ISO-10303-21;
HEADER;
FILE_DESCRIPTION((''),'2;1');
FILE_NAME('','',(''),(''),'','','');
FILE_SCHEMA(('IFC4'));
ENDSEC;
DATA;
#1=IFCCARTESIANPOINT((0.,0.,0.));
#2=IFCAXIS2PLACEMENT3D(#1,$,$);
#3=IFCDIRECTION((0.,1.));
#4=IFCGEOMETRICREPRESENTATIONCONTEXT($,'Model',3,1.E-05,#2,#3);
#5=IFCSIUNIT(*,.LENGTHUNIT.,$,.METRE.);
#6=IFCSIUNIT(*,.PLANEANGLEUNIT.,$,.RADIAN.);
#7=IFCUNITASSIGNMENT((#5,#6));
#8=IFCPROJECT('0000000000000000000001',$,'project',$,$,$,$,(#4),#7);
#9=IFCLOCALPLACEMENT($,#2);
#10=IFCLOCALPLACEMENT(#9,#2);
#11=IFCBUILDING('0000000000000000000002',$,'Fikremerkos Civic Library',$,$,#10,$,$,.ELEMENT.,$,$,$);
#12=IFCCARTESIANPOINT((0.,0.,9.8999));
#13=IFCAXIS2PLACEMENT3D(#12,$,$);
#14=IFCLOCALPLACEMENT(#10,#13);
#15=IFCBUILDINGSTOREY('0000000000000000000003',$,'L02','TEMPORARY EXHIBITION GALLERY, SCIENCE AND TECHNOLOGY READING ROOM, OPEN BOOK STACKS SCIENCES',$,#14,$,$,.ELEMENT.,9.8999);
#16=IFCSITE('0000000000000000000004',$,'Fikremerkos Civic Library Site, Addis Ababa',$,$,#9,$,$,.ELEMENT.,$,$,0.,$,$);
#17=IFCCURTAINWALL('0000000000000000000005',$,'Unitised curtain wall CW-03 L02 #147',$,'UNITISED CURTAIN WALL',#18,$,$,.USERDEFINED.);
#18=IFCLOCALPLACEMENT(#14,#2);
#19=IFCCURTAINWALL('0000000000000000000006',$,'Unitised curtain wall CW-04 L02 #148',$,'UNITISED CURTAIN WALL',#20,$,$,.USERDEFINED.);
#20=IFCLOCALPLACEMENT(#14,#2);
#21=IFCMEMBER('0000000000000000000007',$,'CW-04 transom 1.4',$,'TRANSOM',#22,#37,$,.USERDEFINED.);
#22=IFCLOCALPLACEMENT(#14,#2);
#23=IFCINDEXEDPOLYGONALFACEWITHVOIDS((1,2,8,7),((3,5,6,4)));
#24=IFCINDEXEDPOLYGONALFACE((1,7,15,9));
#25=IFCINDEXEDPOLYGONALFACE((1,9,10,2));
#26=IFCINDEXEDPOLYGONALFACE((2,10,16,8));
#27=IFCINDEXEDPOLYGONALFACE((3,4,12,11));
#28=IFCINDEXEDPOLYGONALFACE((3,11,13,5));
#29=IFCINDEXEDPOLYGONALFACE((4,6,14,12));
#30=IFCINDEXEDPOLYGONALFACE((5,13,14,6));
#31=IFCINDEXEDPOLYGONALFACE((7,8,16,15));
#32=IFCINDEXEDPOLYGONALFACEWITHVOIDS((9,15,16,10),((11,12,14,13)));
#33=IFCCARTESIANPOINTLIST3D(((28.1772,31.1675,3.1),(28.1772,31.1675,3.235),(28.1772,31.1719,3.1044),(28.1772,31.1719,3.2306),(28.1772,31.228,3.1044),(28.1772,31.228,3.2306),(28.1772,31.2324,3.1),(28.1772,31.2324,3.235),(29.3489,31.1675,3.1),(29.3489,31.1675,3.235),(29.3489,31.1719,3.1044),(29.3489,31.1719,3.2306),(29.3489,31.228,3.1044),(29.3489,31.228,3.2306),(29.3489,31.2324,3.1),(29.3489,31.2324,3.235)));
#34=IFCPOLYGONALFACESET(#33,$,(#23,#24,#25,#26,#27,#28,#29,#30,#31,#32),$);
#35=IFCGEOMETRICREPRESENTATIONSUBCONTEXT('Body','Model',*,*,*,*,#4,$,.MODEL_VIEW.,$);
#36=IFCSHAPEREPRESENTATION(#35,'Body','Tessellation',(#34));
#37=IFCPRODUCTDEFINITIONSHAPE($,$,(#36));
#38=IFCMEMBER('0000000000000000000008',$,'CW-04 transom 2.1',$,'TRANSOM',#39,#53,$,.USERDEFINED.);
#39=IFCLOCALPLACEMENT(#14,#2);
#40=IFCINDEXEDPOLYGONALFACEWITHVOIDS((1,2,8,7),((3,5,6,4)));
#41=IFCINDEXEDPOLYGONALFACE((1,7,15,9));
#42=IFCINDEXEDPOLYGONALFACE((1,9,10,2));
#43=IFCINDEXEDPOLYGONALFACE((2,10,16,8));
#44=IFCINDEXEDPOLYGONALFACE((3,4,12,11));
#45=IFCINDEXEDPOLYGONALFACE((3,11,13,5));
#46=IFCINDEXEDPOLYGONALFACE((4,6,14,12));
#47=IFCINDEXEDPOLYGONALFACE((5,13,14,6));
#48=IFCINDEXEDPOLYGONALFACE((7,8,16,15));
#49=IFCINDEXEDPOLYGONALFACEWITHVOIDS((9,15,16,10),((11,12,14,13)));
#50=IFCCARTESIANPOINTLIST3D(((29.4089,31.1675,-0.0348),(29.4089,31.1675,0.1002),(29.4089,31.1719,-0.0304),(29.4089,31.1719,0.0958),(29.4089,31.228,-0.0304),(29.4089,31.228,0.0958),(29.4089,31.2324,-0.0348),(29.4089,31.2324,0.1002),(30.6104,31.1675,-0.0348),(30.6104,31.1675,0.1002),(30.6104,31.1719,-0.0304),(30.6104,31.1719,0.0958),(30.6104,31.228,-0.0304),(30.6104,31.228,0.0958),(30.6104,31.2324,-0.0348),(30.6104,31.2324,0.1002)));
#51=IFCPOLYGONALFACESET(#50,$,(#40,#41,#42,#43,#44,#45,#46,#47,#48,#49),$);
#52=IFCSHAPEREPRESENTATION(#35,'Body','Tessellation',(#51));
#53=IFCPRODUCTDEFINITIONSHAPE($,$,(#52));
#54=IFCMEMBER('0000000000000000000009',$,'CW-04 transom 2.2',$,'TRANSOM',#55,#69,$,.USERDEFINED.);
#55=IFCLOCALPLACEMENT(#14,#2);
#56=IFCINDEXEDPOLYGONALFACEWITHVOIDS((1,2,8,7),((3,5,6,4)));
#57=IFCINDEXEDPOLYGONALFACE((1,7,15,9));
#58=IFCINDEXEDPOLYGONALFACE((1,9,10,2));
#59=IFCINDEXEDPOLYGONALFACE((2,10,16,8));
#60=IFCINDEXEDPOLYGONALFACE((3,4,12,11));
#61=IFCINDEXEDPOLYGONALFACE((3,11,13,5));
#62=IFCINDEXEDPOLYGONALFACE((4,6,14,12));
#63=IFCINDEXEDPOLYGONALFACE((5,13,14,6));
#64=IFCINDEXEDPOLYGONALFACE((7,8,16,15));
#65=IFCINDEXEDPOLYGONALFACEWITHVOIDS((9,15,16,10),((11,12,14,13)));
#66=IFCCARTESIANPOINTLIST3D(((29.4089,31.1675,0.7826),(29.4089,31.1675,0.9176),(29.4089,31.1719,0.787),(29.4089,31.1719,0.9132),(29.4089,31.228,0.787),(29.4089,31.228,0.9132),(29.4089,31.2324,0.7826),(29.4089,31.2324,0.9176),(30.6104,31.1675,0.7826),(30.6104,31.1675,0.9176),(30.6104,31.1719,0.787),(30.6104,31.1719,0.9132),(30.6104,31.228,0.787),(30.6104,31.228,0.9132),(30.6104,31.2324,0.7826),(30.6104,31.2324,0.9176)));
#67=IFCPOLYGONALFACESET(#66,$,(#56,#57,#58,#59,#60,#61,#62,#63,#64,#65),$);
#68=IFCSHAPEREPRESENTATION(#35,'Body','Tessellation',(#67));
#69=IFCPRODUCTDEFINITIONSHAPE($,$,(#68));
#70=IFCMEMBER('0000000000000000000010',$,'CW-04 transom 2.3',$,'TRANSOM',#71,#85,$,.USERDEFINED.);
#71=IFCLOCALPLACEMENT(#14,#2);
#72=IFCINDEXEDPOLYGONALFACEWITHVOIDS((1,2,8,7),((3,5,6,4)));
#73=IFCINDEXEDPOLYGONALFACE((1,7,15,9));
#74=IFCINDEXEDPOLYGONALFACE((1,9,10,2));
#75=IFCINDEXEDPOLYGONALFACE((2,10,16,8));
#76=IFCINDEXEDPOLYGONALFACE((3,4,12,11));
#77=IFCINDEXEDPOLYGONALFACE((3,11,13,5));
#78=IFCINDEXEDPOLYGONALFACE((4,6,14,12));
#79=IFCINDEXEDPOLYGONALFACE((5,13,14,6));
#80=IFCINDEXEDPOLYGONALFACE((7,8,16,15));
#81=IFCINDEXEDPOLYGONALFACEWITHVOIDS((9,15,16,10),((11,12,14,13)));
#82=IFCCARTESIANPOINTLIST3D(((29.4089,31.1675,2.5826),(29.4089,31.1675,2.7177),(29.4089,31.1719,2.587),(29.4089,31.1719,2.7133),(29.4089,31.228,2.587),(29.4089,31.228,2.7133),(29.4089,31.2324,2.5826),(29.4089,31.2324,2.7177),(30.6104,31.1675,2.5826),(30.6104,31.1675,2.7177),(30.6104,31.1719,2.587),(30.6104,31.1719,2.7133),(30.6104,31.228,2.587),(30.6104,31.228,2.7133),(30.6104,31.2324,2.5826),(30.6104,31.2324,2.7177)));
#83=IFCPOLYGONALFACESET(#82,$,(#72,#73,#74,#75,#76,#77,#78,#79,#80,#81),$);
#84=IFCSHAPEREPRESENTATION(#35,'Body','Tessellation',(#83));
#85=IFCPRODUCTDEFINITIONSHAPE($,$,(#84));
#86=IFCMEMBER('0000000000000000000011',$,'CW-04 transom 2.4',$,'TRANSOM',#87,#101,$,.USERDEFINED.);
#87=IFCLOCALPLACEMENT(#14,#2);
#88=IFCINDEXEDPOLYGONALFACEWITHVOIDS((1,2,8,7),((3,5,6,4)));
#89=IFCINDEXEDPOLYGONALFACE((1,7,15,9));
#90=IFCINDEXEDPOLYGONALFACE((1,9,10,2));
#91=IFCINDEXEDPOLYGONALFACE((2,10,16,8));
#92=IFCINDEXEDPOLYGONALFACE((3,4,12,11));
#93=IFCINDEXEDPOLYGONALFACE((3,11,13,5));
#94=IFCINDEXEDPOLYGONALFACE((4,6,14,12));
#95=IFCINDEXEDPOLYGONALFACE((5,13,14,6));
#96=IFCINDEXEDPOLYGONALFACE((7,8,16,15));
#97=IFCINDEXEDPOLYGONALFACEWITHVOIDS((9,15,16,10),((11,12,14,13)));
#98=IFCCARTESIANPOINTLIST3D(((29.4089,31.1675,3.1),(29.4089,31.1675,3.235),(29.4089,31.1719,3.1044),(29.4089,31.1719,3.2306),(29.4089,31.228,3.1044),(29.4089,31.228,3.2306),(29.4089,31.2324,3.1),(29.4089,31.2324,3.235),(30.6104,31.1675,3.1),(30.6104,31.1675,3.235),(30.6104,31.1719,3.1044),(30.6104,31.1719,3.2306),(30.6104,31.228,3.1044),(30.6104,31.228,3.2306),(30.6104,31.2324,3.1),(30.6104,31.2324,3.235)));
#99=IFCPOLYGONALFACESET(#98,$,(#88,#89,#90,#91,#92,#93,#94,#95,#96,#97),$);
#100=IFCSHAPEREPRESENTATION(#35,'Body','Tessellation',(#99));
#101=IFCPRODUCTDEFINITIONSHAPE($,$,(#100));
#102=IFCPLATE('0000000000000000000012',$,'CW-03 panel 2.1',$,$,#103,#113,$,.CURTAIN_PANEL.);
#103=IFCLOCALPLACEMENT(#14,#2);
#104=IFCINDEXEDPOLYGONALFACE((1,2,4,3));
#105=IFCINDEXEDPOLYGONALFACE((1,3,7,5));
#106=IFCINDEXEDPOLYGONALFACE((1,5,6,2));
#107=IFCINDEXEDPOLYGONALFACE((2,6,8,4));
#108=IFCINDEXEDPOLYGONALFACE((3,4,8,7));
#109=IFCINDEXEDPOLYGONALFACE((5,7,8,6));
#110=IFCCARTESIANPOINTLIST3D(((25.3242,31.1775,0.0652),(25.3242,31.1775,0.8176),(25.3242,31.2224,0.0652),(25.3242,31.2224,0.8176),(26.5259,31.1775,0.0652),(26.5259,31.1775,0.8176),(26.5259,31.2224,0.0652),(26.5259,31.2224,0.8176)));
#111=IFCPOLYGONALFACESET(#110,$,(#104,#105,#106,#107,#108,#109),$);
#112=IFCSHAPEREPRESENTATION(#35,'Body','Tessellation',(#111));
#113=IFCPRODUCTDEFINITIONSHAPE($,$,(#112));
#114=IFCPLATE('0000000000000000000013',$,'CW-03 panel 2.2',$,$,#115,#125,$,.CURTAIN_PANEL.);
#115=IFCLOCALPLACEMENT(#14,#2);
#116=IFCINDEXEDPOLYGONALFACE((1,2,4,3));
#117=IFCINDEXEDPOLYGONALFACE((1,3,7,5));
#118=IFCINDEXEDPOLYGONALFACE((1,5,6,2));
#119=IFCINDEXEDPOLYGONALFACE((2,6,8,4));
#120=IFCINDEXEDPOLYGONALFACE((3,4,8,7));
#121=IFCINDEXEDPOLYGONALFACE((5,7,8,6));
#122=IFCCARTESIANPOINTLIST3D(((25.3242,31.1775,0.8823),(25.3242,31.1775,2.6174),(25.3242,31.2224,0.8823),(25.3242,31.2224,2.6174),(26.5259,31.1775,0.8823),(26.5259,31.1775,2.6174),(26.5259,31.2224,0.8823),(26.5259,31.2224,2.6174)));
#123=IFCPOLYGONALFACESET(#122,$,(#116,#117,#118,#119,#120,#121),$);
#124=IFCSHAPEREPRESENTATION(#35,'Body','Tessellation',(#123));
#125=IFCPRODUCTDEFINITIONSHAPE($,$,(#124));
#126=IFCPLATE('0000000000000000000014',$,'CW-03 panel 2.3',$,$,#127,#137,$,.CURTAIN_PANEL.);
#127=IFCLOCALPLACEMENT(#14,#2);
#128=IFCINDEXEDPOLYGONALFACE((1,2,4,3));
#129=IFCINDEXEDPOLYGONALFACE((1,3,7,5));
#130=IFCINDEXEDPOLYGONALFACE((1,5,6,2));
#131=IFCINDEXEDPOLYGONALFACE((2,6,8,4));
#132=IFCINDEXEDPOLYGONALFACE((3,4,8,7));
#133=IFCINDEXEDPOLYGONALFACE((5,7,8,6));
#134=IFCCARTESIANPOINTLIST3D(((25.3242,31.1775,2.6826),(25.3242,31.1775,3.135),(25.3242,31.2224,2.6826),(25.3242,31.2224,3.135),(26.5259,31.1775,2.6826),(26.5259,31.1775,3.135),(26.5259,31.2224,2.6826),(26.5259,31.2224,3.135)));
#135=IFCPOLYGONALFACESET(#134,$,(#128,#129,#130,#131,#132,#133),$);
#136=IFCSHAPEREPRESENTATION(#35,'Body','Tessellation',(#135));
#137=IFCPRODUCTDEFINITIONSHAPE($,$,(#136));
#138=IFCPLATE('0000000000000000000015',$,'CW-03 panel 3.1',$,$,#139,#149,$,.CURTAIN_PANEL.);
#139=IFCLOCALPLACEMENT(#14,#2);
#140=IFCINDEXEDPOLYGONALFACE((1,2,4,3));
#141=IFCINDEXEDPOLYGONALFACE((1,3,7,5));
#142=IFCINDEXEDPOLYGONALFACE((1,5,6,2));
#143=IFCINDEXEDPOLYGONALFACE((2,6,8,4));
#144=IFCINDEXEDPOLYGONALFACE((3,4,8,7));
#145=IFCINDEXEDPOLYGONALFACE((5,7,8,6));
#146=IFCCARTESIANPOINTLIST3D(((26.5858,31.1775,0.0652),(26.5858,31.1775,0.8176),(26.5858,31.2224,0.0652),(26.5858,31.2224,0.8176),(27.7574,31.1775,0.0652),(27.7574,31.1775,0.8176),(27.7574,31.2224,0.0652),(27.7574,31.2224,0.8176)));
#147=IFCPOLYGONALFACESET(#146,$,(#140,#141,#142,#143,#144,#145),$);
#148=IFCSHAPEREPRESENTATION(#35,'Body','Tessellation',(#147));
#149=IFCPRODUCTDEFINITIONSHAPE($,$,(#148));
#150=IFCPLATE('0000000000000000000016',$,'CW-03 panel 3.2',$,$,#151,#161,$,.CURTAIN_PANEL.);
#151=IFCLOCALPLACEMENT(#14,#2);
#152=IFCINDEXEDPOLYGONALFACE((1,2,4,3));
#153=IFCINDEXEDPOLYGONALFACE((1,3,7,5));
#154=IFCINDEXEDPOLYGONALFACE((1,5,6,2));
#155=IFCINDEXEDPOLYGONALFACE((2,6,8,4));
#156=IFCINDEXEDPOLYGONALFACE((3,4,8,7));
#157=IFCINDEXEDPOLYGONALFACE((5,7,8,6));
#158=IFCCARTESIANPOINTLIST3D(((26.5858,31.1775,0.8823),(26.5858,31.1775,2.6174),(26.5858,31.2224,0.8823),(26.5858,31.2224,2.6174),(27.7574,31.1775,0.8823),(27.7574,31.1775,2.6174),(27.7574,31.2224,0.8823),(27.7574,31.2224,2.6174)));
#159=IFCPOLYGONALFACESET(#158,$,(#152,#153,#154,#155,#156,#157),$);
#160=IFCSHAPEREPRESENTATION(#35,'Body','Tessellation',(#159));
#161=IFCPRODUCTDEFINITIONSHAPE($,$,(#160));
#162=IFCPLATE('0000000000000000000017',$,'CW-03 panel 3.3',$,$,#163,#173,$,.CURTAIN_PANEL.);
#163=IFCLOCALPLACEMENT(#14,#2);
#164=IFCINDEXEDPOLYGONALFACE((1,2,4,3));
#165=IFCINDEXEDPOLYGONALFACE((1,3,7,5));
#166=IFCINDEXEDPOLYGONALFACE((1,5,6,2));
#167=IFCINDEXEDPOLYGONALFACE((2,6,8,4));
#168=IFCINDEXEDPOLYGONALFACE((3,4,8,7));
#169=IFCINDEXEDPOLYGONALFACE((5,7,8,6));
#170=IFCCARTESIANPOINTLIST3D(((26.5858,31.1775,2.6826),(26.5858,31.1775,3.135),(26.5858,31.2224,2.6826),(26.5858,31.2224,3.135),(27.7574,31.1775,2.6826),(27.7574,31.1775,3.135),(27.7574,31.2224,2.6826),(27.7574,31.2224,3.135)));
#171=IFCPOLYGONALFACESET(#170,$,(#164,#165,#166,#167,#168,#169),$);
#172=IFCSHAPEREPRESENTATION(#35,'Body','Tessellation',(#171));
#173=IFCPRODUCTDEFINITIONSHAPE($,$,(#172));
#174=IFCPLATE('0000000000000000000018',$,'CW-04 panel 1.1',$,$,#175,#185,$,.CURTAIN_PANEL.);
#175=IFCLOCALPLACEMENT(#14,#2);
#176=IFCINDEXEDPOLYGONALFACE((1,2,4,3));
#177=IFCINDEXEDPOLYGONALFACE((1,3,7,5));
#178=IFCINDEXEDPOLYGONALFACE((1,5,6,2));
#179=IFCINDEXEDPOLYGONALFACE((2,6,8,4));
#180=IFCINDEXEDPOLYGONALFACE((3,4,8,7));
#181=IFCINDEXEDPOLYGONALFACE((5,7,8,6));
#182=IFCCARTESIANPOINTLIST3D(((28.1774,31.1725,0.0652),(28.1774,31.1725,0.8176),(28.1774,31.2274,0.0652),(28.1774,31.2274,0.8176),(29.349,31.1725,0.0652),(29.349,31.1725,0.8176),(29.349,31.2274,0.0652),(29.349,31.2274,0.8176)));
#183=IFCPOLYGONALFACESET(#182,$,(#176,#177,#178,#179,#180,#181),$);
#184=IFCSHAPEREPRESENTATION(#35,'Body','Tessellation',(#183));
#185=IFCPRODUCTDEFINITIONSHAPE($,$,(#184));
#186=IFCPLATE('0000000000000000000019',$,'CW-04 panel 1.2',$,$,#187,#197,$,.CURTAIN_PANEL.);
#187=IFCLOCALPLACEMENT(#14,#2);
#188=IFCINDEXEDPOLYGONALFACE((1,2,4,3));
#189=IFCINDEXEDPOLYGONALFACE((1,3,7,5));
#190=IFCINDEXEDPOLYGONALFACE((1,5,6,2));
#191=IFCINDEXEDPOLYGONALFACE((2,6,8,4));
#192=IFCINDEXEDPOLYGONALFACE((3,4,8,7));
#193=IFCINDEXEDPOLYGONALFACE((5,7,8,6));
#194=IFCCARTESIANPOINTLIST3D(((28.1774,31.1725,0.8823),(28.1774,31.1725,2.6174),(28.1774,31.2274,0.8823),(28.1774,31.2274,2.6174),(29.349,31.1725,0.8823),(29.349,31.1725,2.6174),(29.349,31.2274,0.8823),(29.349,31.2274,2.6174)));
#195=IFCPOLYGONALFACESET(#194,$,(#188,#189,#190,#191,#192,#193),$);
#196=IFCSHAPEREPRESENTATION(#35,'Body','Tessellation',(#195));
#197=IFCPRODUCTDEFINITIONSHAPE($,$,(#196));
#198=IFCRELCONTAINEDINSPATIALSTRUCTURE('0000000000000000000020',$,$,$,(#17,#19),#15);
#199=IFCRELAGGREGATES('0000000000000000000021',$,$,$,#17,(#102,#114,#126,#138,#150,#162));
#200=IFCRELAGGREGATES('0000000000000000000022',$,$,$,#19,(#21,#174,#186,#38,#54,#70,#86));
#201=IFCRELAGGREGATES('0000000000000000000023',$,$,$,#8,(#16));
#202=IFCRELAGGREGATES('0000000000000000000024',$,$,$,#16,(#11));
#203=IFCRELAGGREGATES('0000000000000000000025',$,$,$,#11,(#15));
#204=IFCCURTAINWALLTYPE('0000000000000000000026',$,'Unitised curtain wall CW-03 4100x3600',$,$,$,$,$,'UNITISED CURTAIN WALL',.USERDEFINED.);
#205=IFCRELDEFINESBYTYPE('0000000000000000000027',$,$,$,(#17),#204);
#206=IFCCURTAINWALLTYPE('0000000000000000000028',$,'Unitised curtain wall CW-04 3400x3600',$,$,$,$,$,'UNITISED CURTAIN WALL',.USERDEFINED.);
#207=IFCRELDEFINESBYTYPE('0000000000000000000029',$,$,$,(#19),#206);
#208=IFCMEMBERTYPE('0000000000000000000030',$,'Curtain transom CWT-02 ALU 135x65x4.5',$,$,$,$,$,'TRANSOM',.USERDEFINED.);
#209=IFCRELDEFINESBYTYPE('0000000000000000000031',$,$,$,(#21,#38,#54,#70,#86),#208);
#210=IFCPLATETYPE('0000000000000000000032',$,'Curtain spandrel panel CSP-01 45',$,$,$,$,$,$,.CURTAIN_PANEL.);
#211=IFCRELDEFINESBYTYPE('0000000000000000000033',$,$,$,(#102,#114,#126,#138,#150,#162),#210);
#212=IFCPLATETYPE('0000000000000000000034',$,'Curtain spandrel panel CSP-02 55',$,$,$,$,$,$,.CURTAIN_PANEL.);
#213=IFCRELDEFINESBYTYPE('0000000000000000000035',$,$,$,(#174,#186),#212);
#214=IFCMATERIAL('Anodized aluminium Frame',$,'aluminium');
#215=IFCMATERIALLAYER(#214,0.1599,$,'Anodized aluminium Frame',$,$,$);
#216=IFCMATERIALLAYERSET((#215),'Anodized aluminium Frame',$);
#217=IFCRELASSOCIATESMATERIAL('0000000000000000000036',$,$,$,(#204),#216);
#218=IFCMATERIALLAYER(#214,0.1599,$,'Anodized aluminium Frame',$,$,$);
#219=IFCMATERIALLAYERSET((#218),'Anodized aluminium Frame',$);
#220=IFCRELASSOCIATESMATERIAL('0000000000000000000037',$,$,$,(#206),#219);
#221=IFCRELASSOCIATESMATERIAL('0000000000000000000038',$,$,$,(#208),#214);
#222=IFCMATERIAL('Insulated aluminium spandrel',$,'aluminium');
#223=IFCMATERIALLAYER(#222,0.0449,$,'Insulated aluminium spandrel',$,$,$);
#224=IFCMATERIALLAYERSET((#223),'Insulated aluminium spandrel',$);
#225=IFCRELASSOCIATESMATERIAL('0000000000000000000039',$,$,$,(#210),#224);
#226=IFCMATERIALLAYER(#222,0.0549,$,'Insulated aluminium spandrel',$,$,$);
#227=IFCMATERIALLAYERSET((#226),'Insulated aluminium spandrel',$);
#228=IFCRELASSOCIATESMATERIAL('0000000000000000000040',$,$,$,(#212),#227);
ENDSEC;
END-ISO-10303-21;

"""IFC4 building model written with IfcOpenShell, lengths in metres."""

from ifc_helpers import new_model, si_unit, direction, frame, origin, origin_2d, place, context, subcontext, project, spatial, rectangle, hollow_rectangle, extrude, material, layer, layer_set, material_profile, profile_set, type_object, element, aggregate, save


model = new_model("IFC4")

# Units and contexts
model_context = context("Model", 3, precision=1e-05, world=origin(), true_north=direction((0.0, 1.0)))
body_context = subcontext(model_context, "Body", "Model", "MODEL_VIEW")
ifc_project = project(units=[si_unit("LENGTHUNIT", "METRE"), si_unit("PLANEANGLEUNIT", "RADIAN")], contexts=[model_context])

# Site, building, storey
site_placement = place(None, origin())
site = spatial("IfcSite", under=ifc_project, at=site_placement, Name="Fikremerkos Civic Library Site, Addis Ababa", CompositionType="ELEMENT", RefElevation=0.0)
building_placement = place(site_placement, origin())
building = spatial("IfcBuilding", under=site, at=building_placement, Name="Fikremerkos Civic Library", CompositionType="ELEMENT")
storey_placement = place(building_placement, frame((0.0, 0.0, 9.8999)))
storey = spatial("IfcBuildingStorey", under=building, at=storey_placement, Name="L02", Description="TEMPORARY EXHIBITION GALLERY, SCIENCE AND TECHNOLOGY READING ROOM, OPEN BOOK STACKS SCIENCES", CompositionType="ELEMENT", Elevation=9.8999)

# Curtain walls
ifc_material_1 = material(Name="Anodized aluminium Frame", Category="aluminium")
ifc_layer_1 = layer(ifc_material_1, 0.1599, Name="Anodized aluminium Frame")
ifc_layer_set_1 = layer_set([ifc_layer_1], Name="Anodized aluminium Frame")
curtain_wall_type_1 = type_object("IfcCurtainWallType", Name="Unitised curtain wall CW-03 4100x3600", ElementType="UNITISED CURTAIN WALL", PredefinedType="USERDEFINED", material=ifc_layer_set_1)
curtain_wall_1_placement = place(storey_placement, origin())
curtain_wall_1 = element("IfcCurtainWall", 1, at=curtain_wall_1_placement, inside=storey, type_object=curtain_wall_type_1, Name="Unitised curtain wall CW-03 L02 #147", ObjectType="UNITISED CURTAIN WALL", PredefinedType="USERDEFINED")
ifc_layer_2 = layer(ifc_material_1, 0.1599, Name="Anodized aluminium Frame")
ifc_layer_set_2 = layer_set([ifc_layer_2], Name="Anodized aluminium Frame")
curtain_wall_type_2 = type_object("IfcCurtainWallType", Name="Unitised curtain wall CW-04 3400x3600", ElementType="UNITISED CURTAIN WALL", PredefinedType="USERDEFINED", material=ifc_layer_set_2)
curtain_wall_2_placement = place(storey_placement, origin())
curtain_wall_2 = element("IfcCurtainWall", 2, at=curtain_wall_2_placement, inside=storey, type_object=curtain_wall_type_2, Name="Unitised curtain wall CW-04 L02 #148", ObjectType="UNITISED CURTAIN WALL", PredefinedType="USERDEFINED")

# Members
ifc_material_profile_1 = material_profile(ifc_material_1, hollow_rectangle(XDim=0.0649, YDim=0.135, WallThickness=0.0044, at=origin_2d()), Name="ALU 135x65x4.5")
ifc_profile_set_1 = profile_set([ifc_material_profile_1], Name="Anodized aluminium Frame")
member_type_1 = type_object("IfcMemberType", Name="Curtain transom CWT-02 ALU 135x65x4.5", ElementType="TRANSOM", PredefinedType="USERDEFINED", material=ifc_profile_set_1)
member_1_placement = place(storey_placement, frame((28.1772, 31.2, 3.1675), z_axis=(1.0, 0.0, 0.0), x_axis=(0.0, 1.0, 0.0)))
member_1 = element("IfcMember", 3, at=member_1_placement, type_object=member_type_1, Name="CW-04 transom 1.4", ObjectType="TRANSOM", PredefinedType="USERDEFINED", context=body_context, shape_type="SweptSolid", body=[
    extrude(hollow_rectangle(XDim=0.0649, YDim=0.135, WallThickness=0.0044, at=origin_2d()), origin(), (0.0, 0.0, 1.0), 1.1716),
])
member_2_placement = place(storey_placement, frame((29.4089, 31.2, 0.0327), z_axis=(1.0, 0.0, 0.0), x_axis=(0.0, 1.0, 0.0)))
member_2 = element("IfcMember", 4, at=member_2_placement, type_object=member_type_1, Name="CW-04 transom 2.1", ObjectType="TRANSOM", PredefinedType="USERDEFINED", context=body_context, shape_type="SweptSolid", body=[
    extrude(hollow_rectangle(XDim=0.0649, YDim=0.135, WallThickness=0.0044, at=origin_2d()), origin(), (0.0, 0.0, 1.0), 1.2014),
])
member_3_placement = place(storey_placement, frame((29.4089, 31.2, 0.8501), z_axis=(1.0, 0.0, 0.0), x_axis=(0.0, 1.0, 0.0)))
member_3 = element("IfcMember", 5, at=member_3_placement, type_object=member_type_1, Name="CW-04 transom 2.2", ObjectType="TRANSOM", PredefinedType="USERDEFINED", context=body_context, shape_type="SweptSolid", body=[
    extrude(hollow_rectangle(XDim=0.0649, YDim=0.135, WallThickness=0.0044, at=origin_2d()), origin(), (0.0, 0.0, 1.0), 1.2014),
])
member_4_placement = place(storey_placement, frame((29.4089, 31.2, 2.6501), z_axis=(1.0, 0.0, 0.0), x_axis=(0.0, 1.0, 0.0)))
member_4 = element("IfcMember", 6, at=member_4_placement, type_object=member_type_1, Name="CW-04 transom 2.3", ObjectType="TRANSOM", PredefinedType="USERDEFINED", context=body_context, shape_type="SweptSolid", body=[
    extrude(hollow_rectangle(XDim=0.0649, YDim=0.135, WallThickness=0.0044, at=origin_2d()), origin(), (0.0, 0.0, 1.0), 1.2014),
])
member_5_placement = place(storey_placement, frame((29.4089, 31.2, 3.1675), z_axis=(1.0, 0.0, 0.0), x_axis=(0.0, 1.0, 0.0)))
member_5 = element("IfcMember", 7, at=member_5_placement, type_object=member_type_1, Name="CW-04 transom 2.4", ObjectType="TRANSOM", PredefinedType="USERDEFINED", context=body_context, shape_type="SweptSolid", body=[
    extrude(hollow_rectangle(XDim=0.0649, YDim=0.135, WallThickness=0.0044, at=origin_2d()), origin(), (0.0, 0.0, 1.0), 1.2014),
])

# Plates
ifc_material_2 = material(Name="Insulated aluminium spandrel", Category="aluminium")
ifc_layer_3 = layer(ifc_material_2, 0.0449, Name="Insulated aluminium spandrel")
ifc_layer_set_3 = layer_set([ifc_layer_3], Name="Insulated aluminium spandrel")
plate_type_1 = type_object("IfcPlateType", Name="Curtain spandrel panel CSP-01 45", PredefinedType="CURTAIN_PANEL", material=ifc_layer_set_3)
plate_1_placement = place(storey_placement, frame((25.925, 31.2, 0.0652), z_axis=(0.0, 0.0, 1.0), x_axis=(1.0, 0.0, 0.0)))
plate_1 = element("IfcPlate", 8, at=plate_1_placement, type_object=plate_type_1, Name="CW-03 panel 2.1", PredefinedType="CURTAIN_PANEL", context=body_context, shape_type="SweptSolid", body=[
    extrude(rectangle(XDim=1.2017, YDim=0.0449, at=origin_2d()), origin(), (0.0, 0.0, 1.0), 0.7524),
])
plate_2_placement = place(storey_placement, frame((25.925, 31.2, 0.8823), z_axis=(0.0, 0.0, 1.0), x_axis=(1.0, 0.0, 0.0)))
plate_2 = element("IfcPlate", 9, at=plate_2_placement, type_object=plate_type_1, Name="CW-03 panel 2.2", PredefinedType="CURTAIN_PANEL", context=body_context, shape_type="SweptSolid", body=[
    extrude(rectangle(XDim=1.2017, YDim=0.0449, at=origin_2d()), origin(), (0.0, 0.0, 1.0), 1.7351),
])
plate_3_placement = place(storey_placement, frame((25.925, 31.2, 2.6826), z_axis=(0.0, 0.0, 1.0), x_axis=(1.0, 0.0, 0.0)))
plate_3 = element("IfcPlate", 10, at=plate_3_placement, type_object=plate_type_1, Name="CW-03 panel 2.3", PredefinedType="CURTAIN_PANEL", context=body_context, shape_type="SweptSolid", body=[
    extrude(rectangle(XDim=1.2017, YDim=0.0449, at=origin_2d()), origin(), (0.0, 0.0, 1.0), 0.4524),
])
plate_4_placement = place(storey_placement, frame((27.1716, 31.2, 0.0652), z_axis=(0.0, 0.0, 1.0), x_axis=(1.0, 0.0, 0.0)))
plate_4 = element("IfcPlate", 11, at=plate_4_placement, type_object=plate_type_1, Name="CW-03 panel 3.1", PredefinedType="CURTAIN_PANEL", context=body_context, shape_type="SweptSolid", body=[
    extrude(rectangle(XDim=1.1716, YDim=0.0449, at=origin_2d()), origin(), (0.0, 0.0, 1.0), 0.7524),
])
plate_5_placement = place(storey_placement, frame((27.1716, 31.2, 0.8823), z_axis=(0.0, 0.0, 1.0), x_axis=(1.0, 0.0, 0.0)))
plate_5 = element("IfcPlate", 12, at=plate_5_placement, type_object=plate_type_1, Name="CW-03 panel 3.2", PredefinedType="CURTAIN_PANEL", context=body_context, shape_type="SweptSolid", body=[
    extrude(rectangle(XDim=1.1716, YDim=0.0449, at=origin_2d()), origin(), (0.0, 0.0, 1.0), 1.7351),
])
plate_6_placement = place(storey_placement, frame((27.1716, 31.2, 2.6826), z_axis=(0.0, 0.0, 1.0), x_axis=(1.0, 0.0, 0.0)))
plate_6 = element("IfcPlate", 13, at=plate_6_placement, type_object=plate_type_1, Name="CW-03 panel 3.3", PredefinedType="CURTAIN_PANEL", context=body_context, shape_type="SweptSolid", body=[
    extrude(rectangle(XDim=1.1716, YDim=0.0449, at=origin_2d()), origin(), (0.0, 0.0, 1.0), 0.4524),
])
aggregate(curtain_wall_1, [plate_1, plate_2, plate_3, plate_4, plate_5, plate_6])
ifc_layer_4 = layer(ifc_material_2, 0.0549, Name="Insulated aluminium spandrel")
ifc_layer_set_4 = layer_set([ifc_layer_4], Name="Insulated aluminium spandrel")
plate_type_2 = type_object("IfcPlateType", Name="Curtain spandrel panel CSP-02 55", PredefinedType="CURTAIN_PANEL", material=ifc_layer_set_4)
plate_7_placement = place(storey_placement, frame((28.7632, 31.2, 0.0652), z_axis=(0.0, 0.0, 1.0), x_axis=(1.0, 0.0, 0.0)))
plate_7 = element("IfcPlate", 14, at=plate_7_placement, type_object=plate_type_2, Name="CW-04 panel 1.1", PredefinedType="CURTAIN_PANEL", context=body_context, shape_type="SweptSolid", body=[
    extrude(rectangle(XDim=1.1716, YDim=0.0549, at=origin_2d()), origin(), (0.0, 0.0, 1.0), 0.7524),
])
plate_8_placement = place(storey_placement, frame((28.7632, 31.2, 0.8823), z_axis=(0.0, 0.0, 1.0), x_axis=(1.0, 0.0, 0.0)))
plate_8 = element("IfcPlate", 15, at=plate_8_placement, type_object=plate_type_2, Name="CW-04 panel 1.2", PredefinedType="CURTAIN_PANEL", context=body_context, shape_type="SweptSolid", body=[
    extrude(rectangle(XDim=1.1716, YDim=0.0549, at=origin_2d()), origin(), (0.0, 0.0, 1.0), 1.7351),
])
aggregate(curtain_wall_2, [member_1, plate_7, plate_8, member_2, member_3, member_4, member_5])

save(model, "model.ifc")
